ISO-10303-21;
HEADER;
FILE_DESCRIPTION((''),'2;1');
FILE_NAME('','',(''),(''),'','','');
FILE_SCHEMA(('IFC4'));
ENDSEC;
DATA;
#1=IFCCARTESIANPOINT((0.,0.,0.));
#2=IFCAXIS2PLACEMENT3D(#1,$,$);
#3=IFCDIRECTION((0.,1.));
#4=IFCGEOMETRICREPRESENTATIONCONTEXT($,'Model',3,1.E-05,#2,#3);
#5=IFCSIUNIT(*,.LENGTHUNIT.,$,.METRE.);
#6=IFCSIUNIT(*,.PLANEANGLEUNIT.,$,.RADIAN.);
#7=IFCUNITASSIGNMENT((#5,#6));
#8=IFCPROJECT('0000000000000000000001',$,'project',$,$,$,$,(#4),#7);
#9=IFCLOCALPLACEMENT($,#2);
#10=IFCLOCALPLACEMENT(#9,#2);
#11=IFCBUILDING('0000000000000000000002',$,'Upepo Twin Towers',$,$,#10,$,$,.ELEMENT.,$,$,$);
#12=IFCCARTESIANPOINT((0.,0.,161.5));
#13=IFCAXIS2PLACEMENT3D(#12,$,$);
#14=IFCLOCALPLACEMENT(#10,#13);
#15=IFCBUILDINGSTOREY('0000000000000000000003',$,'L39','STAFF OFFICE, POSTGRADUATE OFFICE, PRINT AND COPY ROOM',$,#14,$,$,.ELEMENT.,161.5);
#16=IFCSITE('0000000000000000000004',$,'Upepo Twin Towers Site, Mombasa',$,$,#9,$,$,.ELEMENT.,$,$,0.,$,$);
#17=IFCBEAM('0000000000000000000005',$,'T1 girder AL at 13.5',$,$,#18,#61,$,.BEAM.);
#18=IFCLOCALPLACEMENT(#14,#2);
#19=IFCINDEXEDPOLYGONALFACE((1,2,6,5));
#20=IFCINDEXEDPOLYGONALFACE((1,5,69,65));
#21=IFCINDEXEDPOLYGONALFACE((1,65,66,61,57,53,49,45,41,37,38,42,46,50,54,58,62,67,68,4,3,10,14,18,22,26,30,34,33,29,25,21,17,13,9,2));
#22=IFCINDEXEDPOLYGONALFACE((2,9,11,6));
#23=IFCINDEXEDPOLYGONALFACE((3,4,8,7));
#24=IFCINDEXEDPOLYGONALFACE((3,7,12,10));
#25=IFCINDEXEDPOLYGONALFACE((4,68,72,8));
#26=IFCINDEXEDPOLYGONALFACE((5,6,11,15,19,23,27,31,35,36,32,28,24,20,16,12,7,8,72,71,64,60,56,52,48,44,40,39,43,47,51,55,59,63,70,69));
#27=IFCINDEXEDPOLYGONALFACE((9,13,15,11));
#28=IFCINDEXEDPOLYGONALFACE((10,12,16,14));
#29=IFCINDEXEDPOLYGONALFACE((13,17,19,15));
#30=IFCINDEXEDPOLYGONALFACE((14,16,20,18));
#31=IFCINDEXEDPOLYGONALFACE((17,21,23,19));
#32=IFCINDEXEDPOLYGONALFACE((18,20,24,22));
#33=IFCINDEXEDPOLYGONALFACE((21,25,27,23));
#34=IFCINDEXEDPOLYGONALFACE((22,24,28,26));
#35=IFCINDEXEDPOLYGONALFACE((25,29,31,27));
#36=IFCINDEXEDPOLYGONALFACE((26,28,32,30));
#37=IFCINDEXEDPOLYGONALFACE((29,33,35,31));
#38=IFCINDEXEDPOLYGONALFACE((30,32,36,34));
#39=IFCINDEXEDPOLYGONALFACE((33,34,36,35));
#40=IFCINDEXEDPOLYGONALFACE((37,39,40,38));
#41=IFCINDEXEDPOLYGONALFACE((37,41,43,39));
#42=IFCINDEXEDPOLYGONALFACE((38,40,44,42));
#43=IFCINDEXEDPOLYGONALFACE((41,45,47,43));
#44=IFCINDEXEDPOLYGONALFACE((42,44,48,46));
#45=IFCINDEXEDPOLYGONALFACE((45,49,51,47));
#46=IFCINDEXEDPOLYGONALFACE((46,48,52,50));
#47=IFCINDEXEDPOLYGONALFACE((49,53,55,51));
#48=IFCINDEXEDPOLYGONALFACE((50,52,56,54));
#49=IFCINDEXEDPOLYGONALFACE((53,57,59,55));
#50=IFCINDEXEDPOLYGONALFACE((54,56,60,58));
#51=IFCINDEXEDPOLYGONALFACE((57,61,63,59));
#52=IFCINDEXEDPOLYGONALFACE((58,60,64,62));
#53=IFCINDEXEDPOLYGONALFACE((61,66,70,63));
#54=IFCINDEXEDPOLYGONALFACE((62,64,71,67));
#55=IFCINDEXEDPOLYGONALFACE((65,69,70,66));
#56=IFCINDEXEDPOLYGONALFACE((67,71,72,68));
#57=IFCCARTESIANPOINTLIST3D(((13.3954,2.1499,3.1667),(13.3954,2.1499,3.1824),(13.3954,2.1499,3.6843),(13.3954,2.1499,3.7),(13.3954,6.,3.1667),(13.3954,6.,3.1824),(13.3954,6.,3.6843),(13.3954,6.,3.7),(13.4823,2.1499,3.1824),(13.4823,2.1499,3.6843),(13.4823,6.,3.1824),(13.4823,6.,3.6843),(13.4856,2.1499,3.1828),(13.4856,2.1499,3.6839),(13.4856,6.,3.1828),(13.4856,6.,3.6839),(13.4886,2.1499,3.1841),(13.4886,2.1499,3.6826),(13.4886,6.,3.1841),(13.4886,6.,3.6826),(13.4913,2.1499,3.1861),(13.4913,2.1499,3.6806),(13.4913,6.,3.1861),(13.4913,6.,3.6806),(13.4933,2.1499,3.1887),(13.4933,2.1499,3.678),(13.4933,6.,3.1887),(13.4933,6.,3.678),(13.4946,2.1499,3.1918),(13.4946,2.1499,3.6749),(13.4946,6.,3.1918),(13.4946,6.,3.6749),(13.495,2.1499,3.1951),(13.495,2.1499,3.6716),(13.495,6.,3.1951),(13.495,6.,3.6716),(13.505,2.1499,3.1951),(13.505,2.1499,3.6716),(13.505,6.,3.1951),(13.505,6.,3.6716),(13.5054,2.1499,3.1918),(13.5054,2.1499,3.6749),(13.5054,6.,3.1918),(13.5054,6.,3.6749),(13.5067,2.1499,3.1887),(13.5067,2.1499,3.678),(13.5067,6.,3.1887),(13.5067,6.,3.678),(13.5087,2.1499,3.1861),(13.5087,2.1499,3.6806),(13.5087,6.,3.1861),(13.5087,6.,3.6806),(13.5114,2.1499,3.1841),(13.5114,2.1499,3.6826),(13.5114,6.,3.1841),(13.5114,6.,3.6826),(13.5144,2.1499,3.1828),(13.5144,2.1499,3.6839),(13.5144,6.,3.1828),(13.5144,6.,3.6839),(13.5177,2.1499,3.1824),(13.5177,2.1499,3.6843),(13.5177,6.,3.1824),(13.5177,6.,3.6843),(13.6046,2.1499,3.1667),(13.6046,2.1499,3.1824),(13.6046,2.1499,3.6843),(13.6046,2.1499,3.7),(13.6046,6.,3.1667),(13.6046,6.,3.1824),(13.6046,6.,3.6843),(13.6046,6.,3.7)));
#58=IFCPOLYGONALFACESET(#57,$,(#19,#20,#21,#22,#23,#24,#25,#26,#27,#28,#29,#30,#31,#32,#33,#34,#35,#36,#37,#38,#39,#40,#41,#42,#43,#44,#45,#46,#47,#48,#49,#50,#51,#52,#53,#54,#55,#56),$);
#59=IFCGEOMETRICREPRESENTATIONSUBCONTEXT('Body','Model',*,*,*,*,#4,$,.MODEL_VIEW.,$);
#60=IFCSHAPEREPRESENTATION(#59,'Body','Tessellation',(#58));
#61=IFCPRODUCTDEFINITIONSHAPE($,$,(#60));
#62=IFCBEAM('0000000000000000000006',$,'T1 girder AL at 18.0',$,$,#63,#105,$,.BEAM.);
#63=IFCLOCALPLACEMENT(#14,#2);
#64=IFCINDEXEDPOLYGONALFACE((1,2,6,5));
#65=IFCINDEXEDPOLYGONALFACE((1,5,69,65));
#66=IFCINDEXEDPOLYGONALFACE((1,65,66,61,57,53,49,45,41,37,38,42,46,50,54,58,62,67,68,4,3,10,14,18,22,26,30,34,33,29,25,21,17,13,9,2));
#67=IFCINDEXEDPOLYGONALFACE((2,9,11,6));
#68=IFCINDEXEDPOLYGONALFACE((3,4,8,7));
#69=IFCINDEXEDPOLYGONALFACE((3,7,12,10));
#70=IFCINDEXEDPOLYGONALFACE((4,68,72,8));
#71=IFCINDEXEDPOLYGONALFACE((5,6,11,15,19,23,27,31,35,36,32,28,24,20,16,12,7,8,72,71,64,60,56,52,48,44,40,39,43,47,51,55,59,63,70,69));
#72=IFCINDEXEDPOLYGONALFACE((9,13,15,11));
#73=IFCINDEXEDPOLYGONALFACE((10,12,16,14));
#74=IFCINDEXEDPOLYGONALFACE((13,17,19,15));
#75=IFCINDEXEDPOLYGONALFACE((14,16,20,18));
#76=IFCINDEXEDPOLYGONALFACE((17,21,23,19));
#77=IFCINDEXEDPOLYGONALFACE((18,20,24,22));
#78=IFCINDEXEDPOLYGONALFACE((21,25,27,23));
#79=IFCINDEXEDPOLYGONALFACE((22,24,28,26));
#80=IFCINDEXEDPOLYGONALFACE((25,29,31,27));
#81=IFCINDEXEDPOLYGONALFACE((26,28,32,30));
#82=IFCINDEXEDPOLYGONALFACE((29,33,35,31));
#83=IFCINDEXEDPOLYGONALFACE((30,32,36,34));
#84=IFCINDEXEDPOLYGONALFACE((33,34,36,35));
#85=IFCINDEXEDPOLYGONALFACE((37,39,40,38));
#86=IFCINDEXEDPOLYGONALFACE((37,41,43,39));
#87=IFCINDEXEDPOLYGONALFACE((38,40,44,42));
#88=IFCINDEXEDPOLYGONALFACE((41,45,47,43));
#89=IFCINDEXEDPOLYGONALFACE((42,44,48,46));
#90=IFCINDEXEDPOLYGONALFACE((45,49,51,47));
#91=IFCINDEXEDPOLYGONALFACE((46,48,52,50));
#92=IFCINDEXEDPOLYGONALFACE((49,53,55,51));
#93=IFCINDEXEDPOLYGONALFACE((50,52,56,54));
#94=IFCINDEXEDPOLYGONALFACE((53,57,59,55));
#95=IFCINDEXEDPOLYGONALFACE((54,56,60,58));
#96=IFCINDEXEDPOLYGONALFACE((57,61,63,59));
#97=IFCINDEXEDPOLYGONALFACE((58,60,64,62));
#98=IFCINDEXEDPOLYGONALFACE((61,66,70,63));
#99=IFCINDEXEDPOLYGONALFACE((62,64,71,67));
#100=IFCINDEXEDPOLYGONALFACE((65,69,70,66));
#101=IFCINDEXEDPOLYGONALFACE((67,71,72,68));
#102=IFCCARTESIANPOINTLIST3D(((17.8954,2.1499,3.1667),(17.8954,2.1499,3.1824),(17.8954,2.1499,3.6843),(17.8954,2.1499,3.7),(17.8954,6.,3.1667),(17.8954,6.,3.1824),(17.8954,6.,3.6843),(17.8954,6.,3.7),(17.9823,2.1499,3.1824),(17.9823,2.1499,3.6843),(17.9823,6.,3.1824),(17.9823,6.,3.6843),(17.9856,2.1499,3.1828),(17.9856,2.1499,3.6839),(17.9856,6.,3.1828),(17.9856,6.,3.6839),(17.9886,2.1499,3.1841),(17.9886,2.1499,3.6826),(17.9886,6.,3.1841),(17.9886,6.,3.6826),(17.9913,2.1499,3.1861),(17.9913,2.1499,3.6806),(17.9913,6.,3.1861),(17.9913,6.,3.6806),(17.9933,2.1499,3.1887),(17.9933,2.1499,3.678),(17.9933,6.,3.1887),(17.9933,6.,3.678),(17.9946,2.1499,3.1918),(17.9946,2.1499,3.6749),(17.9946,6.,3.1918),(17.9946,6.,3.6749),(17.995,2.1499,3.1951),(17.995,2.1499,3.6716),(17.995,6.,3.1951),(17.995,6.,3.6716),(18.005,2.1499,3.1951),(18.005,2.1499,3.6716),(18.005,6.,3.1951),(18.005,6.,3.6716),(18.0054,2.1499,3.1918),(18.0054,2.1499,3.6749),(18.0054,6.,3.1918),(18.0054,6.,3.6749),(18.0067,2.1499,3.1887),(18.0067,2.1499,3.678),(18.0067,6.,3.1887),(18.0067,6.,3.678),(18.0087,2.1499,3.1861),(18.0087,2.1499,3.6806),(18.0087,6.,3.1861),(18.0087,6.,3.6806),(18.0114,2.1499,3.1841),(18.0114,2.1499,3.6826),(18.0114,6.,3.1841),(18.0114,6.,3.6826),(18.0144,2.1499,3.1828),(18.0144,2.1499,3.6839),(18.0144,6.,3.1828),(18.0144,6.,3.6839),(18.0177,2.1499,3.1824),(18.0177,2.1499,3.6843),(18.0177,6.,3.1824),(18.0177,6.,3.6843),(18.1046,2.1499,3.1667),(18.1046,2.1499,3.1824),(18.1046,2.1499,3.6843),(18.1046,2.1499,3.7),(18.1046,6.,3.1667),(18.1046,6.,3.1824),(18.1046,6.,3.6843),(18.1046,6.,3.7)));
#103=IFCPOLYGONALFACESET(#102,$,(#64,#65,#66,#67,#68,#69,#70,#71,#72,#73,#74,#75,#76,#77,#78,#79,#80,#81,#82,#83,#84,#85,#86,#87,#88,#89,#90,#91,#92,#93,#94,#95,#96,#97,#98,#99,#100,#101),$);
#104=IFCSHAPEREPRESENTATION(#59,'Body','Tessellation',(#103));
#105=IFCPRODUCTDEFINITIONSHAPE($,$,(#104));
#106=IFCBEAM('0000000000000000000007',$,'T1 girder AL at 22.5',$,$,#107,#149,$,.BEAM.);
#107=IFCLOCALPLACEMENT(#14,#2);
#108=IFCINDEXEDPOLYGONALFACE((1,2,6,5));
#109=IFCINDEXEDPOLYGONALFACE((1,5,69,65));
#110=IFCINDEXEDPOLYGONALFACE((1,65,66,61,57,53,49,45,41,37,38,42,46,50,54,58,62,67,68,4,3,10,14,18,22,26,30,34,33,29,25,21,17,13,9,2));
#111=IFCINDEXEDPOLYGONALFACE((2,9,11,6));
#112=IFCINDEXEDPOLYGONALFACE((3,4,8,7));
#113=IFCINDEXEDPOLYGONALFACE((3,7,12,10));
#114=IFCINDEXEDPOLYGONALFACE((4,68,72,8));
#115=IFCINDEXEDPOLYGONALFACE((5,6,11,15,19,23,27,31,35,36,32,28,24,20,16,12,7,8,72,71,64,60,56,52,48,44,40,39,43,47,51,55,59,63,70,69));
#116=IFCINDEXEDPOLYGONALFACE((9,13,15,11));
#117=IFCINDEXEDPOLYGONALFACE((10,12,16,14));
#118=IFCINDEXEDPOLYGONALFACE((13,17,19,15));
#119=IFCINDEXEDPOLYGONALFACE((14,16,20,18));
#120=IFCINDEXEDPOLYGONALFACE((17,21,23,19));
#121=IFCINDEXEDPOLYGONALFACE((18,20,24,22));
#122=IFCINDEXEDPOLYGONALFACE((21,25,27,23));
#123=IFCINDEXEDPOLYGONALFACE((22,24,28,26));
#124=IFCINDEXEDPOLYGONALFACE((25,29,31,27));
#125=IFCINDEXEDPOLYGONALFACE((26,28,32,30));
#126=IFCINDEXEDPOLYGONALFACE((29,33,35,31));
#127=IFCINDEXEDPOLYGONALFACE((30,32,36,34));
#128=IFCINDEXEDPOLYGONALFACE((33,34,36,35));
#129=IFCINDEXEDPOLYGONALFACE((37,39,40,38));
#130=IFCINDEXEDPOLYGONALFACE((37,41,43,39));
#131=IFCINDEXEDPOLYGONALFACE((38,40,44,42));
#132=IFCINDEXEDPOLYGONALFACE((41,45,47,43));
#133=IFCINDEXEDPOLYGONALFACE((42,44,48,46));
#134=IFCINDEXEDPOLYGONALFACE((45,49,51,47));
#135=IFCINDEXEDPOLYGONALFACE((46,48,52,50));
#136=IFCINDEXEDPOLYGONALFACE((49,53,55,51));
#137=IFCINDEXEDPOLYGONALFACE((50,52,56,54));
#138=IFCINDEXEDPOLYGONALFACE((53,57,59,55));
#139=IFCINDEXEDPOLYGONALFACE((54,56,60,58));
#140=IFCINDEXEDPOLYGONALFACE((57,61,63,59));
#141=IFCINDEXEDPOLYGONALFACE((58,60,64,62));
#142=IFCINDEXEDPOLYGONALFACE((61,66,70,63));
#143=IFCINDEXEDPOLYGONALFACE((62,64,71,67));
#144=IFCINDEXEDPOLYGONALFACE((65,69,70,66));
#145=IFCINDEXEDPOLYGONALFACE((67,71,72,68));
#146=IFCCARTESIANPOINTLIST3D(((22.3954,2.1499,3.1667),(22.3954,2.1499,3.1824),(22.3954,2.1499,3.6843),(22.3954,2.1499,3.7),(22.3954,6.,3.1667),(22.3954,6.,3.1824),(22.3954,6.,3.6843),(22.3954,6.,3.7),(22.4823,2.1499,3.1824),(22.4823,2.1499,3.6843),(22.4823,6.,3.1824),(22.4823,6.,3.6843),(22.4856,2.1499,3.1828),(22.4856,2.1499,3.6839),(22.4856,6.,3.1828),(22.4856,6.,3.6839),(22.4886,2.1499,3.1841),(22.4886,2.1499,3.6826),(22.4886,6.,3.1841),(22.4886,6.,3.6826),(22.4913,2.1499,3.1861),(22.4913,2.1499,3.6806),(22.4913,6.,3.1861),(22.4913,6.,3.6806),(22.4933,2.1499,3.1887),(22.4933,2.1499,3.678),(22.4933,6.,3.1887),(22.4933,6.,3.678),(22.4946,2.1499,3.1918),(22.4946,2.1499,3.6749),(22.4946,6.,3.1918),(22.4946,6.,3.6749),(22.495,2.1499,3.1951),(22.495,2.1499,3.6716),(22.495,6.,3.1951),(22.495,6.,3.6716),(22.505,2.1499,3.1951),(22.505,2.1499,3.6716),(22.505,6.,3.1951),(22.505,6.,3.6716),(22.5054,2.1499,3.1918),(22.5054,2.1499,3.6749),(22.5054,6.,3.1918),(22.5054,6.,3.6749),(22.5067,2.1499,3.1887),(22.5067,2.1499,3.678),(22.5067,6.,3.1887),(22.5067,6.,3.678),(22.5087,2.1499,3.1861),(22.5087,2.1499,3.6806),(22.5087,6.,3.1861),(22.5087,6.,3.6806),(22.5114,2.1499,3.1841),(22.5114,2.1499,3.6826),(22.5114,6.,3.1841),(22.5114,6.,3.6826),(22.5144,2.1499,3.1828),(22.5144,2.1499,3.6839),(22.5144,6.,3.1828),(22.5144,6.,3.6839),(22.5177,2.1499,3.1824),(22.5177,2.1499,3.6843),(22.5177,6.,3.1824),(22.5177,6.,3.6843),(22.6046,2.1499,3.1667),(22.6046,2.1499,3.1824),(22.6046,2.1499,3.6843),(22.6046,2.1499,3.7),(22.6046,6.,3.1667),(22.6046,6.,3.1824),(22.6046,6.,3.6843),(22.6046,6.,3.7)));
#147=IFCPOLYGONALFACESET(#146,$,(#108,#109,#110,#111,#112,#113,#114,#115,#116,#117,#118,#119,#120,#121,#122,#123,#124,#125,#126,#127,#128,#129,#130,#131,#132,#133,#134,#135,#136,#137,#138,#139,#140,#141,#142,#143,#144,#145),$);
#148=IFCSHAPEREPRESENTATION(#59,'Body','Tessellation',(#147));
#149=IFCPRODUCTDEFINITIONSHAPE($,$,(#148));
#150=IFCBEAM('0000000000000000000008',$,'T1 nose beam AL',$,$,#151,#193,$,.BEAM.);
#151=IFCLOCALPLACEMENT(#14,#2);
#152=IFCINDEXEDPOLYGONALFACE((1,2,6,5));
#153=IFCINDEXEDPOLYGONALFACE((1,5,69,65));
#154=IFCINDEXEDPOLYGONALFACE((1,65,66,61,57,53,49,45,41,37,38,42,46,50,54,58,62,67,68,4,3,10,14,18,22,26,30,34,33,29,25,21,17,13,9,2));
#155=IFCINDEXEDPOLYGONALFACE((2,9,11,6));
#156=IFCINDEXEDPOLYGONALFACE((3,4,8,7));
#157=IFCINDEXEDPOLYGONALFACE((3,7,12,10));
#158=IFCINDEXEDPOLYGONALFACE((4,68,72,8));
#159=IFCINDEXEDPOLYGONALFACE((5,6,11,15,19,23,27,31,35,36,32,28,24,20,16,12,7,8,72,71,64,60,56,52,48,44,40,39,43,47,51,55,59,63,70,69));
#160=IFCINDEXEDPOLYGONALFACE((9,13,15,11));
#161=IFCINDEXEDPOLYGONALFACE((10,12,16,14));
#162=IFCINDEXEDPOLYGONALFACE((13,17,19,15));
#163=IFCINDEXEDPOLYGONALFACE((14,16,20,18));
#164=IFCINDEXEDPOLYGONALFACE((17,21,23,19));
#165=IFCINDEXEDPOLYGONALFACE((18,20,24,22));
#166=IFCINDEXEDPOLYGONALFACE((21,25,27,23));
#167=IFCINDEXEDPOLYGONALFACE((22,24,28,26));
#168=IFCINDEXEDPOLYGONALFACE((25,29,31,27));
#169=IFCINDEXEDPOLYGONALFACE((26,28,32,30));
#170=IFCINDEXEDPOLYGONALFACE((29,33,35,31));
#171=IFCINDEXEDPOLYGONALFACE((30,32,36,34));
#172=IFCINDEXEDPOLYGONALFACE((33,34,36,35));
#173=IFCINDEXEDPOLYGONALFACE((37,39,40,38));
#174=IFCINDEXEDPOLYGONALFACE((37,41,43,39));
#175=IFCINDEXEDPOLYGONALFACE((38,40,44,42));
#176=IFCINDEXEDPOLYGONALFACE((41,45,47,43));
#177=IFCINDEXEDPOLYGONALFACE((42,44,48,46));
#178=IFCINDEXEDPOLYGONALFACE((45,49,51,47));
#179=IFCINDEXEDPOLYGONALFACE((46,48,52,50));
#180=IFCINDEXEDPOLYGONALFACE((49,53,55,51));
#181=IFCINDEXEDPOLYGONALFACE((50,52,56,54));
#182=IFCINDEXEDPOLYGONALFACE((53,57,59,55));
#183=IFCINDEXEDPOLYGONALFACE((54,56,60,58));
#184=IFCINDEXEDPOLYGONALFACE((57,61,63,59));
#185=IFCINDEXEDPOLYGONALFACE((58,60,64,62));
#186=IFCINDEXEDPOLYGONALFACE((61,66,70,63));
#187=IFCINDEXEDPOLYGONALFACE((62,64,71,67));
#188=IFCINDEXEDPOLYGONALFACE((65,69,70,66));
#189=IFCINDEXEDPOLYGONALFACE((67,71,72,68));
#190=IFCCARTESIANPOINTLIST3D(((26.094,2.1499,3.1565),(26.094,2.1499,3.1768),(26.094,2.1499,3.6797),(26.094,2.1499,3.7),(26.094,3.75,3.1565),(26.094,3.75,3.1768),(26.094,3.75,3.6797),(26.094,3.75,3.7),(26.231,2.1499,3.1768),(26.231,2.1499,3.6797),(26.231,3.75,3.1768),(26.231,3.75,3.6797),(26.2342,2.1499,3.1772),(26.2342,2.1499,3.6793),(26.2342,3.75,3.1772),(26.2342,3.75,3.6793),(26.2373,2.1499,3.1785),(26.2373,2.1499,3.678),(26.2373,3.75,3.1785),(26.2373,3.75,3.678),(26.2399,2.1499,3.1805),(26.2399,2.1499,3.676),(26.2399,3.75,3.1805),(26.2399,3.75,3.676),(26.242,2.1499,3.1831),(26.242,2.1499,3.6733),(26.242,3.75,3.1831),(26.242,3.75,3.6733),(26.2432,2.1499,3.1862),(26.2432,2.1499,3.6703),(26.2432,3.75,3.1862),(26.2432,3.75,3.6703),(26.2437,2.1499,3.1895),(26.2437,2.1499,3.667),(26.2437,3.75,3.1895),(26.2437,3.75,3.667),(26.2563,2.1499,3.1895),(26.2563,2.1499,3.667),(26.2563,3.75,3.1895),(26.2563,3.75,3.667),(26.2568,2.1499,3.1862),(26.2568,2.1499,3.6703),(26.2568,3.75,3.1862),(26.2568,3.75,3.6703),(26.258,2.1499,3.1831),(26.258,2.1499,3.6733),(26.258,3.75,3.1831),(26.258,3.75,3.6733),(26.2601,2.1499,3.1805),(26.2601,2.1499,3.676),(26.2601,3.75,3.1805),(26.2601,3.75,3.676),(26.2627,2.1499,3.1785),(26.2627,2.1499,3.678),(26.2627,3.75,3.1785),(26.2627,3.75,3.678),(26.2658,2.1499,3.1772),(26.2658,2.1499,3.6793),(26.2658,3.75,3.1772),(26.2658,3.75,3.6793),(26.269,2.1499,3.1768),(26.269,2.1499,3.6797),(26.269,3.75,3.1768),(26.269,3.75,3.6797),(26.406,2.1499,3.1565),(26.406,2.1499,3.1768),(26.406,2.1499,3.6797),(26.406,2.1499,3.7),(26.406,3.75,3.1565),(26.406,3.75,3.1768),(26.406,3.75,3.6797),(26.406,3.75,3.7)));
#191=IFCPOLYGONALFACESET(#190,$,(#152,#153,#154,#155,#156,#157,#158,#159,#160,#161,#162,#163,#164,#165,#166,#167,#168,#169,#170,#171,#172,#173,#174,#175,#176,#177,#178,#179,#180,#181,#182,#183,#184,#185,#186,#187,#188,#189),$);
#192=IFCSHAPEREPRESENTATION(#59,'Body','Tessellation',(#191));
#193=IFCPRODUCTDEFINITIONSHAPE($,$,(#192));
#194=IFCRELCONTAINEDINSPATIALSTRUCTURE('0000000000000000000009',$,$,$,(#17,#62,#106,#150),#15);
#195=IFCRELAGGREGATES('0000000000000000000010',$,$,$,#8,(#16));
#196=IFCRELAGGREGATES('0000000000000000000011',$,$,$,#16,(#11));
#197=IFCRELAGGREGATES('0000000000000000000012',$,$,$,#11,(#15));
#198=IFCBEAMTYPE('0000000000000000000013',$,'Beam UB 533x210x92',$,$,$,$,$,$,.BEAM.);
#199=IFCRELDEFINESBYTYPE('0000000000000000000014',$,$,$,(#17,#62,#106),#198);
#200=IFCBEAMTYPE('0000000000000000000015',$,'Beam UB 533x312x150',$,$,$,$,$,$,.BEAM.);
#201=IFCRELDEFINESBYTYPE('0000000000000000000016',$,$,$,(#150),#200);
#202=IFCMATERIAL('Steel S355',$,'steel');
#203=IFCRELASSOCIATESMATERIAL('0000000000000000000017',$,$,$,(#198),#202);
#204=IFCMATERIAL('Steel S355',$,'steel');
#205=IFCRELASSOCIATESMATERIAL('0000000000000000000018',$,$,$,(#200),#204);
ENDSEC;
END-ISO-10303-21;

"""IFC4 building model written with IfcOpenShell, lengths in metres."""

from ifc_helpers import new_model, si_unit, direction, frame, origin, origin_2d, place, context, subcontext, project, spatial, i_section, extrude, material, material_profile, profile_set, type_object, element, save


model = new_model("IFC4")

# Units and contexts
model_context = context("Model", 3, precision=1e-05, world=origin(), true_north=direction((0.0, 1.0)))
body_context = subcontext(model_context, "Body", "Model", "MODEL_VIEW")
ifc_project = project(units=[si_unit("LENGTHUNIT", "METRE"), si_unit("PLANEANGLEUNIT", "RADIAN")], contexts=[model_context])

# Site, building, storey
site_placement = place(None, origin())
site = spatial("IfcSite", under=ifc_project, at=site_placement, Name="Upepo Twin Towers Site, Mombasa", CompositionType="ELEMENT", RefElevation=0.0)
building_placement = place(site_placement, origin())
building = spatial("IfcBuilding", under=site, at=building_placement, Name="Upepo Twin Towers", CompositionType="ELEMENT")
storey_placement = place(building_placement, frame((0.0, 0.0, 161.5)))
storey = spatial("IfcBuildingStorey", under=building, at=storey_placement, Name="L39", Description="STAFF OFFICE, POSTGRADUATE OFFICE, PRINT AND COPY ROOM", CompositionType="ELEMENT", Elevation=161.5)

# Beams
ifc_material_1 = material(Name="Steel S355", Category="steel")
ifc_material_profile_1 = material_profile(ifc_material_1, i_section(OverallWidth=0.2092, OverallDepth=0.5332, WebThickness=0.01, FlangeThickness=0.0156, FilletRadius=0.0127, at=origin_2d()), Name="UB 533x210x92")
ifc_profile_set_1 = profile_set([ifc_material_profile_1], Name="Steel S355")
beam_type_1 = type_object("IfcBeamType", Name="Beam UB 533x210x92", PredefinedType="BEAM", material=ifc_profile_set_1)
for number, where, z_axis, x_axis, name in (
    (1, (13.5, 6.0, 3.4333), (0.0, -1.0, 0.0), (1.0, 0.0, 0.0), "T1 girder AL at 13.5"),
    (2, (18.0, 6.0, 3.4333), (0.0, -1.0, 0.0), (1.0, 0.0, 0.0), "T1 girder AL at 18.0"),
    (3, (22.5, 6.0, 3.4333), (0.0, -1.0, 0.0), (1.0, 0.0, 0.0), "T1 girder AL at 22.5"),
):
    element("IfcBeam", number, at=place(storey_placement, frame(where, z_axis=z_axis, x_axis=x_axis)), inside=storey, type_object=beam_type_1, Name=name, PredefinedType="BEAM", context=body_context, shape_type="SweptSolid", body=[
        extrude(i_section(OverallWidth=0.2092, OverallDepth=0.5332, WebThickness=0.01, FlangeThickness=0.0156, FilletRadius=0.0127, at=origin_2d()), origin(), (0.0, 0.0, 1.0), 3.8501),
    ])
ifc_material_2 = material(Name="Steel S355", Category="steel")
ifc_material_profile_2 = material_profile(ifc_material_2, i_section(OverallWidth=0.312, OverallDepth=0.5435, WebThickness=0.0127, FlangeThickness=0.0203, FilletRadius=0.0127, at=origin_2d()), Name="UB 533x312x150")
ifc_profile_set_2 = profile_set([ifc_material_profile_2], Name="Steel S355")
beam_type_2 = type_object("IfcBeamType", Name="Beam UB 533x312x150", PredefinedType="BEAM", material=ifc_profile_set_2)
beam_1_placement = place(storey_placement, frame((26.25, 3.75, 3.4282), z_axis=(0.0, -1.0, 0.0), x_axis=(1.0, 0.0, 0.0)))
element("IfcBeam", 4, at=beam_1_placement, inside=storey, type_object=beam_type_2, Name="T1 nose beam AL", PredefinedType="BEAM", context=body_context, shape_type="SweptSolid", body=[
    extrude(i_section(OverallWidth=0.312, OverallDepth=0.5435, WebThickness=0.0127, FlangeThickness=0.0203, FilletRadius=0.0127, at=origin_2d()), origin(), (0.0, 0.0, 1.0), 1.6001),
])

save(model, "model.ifc")
